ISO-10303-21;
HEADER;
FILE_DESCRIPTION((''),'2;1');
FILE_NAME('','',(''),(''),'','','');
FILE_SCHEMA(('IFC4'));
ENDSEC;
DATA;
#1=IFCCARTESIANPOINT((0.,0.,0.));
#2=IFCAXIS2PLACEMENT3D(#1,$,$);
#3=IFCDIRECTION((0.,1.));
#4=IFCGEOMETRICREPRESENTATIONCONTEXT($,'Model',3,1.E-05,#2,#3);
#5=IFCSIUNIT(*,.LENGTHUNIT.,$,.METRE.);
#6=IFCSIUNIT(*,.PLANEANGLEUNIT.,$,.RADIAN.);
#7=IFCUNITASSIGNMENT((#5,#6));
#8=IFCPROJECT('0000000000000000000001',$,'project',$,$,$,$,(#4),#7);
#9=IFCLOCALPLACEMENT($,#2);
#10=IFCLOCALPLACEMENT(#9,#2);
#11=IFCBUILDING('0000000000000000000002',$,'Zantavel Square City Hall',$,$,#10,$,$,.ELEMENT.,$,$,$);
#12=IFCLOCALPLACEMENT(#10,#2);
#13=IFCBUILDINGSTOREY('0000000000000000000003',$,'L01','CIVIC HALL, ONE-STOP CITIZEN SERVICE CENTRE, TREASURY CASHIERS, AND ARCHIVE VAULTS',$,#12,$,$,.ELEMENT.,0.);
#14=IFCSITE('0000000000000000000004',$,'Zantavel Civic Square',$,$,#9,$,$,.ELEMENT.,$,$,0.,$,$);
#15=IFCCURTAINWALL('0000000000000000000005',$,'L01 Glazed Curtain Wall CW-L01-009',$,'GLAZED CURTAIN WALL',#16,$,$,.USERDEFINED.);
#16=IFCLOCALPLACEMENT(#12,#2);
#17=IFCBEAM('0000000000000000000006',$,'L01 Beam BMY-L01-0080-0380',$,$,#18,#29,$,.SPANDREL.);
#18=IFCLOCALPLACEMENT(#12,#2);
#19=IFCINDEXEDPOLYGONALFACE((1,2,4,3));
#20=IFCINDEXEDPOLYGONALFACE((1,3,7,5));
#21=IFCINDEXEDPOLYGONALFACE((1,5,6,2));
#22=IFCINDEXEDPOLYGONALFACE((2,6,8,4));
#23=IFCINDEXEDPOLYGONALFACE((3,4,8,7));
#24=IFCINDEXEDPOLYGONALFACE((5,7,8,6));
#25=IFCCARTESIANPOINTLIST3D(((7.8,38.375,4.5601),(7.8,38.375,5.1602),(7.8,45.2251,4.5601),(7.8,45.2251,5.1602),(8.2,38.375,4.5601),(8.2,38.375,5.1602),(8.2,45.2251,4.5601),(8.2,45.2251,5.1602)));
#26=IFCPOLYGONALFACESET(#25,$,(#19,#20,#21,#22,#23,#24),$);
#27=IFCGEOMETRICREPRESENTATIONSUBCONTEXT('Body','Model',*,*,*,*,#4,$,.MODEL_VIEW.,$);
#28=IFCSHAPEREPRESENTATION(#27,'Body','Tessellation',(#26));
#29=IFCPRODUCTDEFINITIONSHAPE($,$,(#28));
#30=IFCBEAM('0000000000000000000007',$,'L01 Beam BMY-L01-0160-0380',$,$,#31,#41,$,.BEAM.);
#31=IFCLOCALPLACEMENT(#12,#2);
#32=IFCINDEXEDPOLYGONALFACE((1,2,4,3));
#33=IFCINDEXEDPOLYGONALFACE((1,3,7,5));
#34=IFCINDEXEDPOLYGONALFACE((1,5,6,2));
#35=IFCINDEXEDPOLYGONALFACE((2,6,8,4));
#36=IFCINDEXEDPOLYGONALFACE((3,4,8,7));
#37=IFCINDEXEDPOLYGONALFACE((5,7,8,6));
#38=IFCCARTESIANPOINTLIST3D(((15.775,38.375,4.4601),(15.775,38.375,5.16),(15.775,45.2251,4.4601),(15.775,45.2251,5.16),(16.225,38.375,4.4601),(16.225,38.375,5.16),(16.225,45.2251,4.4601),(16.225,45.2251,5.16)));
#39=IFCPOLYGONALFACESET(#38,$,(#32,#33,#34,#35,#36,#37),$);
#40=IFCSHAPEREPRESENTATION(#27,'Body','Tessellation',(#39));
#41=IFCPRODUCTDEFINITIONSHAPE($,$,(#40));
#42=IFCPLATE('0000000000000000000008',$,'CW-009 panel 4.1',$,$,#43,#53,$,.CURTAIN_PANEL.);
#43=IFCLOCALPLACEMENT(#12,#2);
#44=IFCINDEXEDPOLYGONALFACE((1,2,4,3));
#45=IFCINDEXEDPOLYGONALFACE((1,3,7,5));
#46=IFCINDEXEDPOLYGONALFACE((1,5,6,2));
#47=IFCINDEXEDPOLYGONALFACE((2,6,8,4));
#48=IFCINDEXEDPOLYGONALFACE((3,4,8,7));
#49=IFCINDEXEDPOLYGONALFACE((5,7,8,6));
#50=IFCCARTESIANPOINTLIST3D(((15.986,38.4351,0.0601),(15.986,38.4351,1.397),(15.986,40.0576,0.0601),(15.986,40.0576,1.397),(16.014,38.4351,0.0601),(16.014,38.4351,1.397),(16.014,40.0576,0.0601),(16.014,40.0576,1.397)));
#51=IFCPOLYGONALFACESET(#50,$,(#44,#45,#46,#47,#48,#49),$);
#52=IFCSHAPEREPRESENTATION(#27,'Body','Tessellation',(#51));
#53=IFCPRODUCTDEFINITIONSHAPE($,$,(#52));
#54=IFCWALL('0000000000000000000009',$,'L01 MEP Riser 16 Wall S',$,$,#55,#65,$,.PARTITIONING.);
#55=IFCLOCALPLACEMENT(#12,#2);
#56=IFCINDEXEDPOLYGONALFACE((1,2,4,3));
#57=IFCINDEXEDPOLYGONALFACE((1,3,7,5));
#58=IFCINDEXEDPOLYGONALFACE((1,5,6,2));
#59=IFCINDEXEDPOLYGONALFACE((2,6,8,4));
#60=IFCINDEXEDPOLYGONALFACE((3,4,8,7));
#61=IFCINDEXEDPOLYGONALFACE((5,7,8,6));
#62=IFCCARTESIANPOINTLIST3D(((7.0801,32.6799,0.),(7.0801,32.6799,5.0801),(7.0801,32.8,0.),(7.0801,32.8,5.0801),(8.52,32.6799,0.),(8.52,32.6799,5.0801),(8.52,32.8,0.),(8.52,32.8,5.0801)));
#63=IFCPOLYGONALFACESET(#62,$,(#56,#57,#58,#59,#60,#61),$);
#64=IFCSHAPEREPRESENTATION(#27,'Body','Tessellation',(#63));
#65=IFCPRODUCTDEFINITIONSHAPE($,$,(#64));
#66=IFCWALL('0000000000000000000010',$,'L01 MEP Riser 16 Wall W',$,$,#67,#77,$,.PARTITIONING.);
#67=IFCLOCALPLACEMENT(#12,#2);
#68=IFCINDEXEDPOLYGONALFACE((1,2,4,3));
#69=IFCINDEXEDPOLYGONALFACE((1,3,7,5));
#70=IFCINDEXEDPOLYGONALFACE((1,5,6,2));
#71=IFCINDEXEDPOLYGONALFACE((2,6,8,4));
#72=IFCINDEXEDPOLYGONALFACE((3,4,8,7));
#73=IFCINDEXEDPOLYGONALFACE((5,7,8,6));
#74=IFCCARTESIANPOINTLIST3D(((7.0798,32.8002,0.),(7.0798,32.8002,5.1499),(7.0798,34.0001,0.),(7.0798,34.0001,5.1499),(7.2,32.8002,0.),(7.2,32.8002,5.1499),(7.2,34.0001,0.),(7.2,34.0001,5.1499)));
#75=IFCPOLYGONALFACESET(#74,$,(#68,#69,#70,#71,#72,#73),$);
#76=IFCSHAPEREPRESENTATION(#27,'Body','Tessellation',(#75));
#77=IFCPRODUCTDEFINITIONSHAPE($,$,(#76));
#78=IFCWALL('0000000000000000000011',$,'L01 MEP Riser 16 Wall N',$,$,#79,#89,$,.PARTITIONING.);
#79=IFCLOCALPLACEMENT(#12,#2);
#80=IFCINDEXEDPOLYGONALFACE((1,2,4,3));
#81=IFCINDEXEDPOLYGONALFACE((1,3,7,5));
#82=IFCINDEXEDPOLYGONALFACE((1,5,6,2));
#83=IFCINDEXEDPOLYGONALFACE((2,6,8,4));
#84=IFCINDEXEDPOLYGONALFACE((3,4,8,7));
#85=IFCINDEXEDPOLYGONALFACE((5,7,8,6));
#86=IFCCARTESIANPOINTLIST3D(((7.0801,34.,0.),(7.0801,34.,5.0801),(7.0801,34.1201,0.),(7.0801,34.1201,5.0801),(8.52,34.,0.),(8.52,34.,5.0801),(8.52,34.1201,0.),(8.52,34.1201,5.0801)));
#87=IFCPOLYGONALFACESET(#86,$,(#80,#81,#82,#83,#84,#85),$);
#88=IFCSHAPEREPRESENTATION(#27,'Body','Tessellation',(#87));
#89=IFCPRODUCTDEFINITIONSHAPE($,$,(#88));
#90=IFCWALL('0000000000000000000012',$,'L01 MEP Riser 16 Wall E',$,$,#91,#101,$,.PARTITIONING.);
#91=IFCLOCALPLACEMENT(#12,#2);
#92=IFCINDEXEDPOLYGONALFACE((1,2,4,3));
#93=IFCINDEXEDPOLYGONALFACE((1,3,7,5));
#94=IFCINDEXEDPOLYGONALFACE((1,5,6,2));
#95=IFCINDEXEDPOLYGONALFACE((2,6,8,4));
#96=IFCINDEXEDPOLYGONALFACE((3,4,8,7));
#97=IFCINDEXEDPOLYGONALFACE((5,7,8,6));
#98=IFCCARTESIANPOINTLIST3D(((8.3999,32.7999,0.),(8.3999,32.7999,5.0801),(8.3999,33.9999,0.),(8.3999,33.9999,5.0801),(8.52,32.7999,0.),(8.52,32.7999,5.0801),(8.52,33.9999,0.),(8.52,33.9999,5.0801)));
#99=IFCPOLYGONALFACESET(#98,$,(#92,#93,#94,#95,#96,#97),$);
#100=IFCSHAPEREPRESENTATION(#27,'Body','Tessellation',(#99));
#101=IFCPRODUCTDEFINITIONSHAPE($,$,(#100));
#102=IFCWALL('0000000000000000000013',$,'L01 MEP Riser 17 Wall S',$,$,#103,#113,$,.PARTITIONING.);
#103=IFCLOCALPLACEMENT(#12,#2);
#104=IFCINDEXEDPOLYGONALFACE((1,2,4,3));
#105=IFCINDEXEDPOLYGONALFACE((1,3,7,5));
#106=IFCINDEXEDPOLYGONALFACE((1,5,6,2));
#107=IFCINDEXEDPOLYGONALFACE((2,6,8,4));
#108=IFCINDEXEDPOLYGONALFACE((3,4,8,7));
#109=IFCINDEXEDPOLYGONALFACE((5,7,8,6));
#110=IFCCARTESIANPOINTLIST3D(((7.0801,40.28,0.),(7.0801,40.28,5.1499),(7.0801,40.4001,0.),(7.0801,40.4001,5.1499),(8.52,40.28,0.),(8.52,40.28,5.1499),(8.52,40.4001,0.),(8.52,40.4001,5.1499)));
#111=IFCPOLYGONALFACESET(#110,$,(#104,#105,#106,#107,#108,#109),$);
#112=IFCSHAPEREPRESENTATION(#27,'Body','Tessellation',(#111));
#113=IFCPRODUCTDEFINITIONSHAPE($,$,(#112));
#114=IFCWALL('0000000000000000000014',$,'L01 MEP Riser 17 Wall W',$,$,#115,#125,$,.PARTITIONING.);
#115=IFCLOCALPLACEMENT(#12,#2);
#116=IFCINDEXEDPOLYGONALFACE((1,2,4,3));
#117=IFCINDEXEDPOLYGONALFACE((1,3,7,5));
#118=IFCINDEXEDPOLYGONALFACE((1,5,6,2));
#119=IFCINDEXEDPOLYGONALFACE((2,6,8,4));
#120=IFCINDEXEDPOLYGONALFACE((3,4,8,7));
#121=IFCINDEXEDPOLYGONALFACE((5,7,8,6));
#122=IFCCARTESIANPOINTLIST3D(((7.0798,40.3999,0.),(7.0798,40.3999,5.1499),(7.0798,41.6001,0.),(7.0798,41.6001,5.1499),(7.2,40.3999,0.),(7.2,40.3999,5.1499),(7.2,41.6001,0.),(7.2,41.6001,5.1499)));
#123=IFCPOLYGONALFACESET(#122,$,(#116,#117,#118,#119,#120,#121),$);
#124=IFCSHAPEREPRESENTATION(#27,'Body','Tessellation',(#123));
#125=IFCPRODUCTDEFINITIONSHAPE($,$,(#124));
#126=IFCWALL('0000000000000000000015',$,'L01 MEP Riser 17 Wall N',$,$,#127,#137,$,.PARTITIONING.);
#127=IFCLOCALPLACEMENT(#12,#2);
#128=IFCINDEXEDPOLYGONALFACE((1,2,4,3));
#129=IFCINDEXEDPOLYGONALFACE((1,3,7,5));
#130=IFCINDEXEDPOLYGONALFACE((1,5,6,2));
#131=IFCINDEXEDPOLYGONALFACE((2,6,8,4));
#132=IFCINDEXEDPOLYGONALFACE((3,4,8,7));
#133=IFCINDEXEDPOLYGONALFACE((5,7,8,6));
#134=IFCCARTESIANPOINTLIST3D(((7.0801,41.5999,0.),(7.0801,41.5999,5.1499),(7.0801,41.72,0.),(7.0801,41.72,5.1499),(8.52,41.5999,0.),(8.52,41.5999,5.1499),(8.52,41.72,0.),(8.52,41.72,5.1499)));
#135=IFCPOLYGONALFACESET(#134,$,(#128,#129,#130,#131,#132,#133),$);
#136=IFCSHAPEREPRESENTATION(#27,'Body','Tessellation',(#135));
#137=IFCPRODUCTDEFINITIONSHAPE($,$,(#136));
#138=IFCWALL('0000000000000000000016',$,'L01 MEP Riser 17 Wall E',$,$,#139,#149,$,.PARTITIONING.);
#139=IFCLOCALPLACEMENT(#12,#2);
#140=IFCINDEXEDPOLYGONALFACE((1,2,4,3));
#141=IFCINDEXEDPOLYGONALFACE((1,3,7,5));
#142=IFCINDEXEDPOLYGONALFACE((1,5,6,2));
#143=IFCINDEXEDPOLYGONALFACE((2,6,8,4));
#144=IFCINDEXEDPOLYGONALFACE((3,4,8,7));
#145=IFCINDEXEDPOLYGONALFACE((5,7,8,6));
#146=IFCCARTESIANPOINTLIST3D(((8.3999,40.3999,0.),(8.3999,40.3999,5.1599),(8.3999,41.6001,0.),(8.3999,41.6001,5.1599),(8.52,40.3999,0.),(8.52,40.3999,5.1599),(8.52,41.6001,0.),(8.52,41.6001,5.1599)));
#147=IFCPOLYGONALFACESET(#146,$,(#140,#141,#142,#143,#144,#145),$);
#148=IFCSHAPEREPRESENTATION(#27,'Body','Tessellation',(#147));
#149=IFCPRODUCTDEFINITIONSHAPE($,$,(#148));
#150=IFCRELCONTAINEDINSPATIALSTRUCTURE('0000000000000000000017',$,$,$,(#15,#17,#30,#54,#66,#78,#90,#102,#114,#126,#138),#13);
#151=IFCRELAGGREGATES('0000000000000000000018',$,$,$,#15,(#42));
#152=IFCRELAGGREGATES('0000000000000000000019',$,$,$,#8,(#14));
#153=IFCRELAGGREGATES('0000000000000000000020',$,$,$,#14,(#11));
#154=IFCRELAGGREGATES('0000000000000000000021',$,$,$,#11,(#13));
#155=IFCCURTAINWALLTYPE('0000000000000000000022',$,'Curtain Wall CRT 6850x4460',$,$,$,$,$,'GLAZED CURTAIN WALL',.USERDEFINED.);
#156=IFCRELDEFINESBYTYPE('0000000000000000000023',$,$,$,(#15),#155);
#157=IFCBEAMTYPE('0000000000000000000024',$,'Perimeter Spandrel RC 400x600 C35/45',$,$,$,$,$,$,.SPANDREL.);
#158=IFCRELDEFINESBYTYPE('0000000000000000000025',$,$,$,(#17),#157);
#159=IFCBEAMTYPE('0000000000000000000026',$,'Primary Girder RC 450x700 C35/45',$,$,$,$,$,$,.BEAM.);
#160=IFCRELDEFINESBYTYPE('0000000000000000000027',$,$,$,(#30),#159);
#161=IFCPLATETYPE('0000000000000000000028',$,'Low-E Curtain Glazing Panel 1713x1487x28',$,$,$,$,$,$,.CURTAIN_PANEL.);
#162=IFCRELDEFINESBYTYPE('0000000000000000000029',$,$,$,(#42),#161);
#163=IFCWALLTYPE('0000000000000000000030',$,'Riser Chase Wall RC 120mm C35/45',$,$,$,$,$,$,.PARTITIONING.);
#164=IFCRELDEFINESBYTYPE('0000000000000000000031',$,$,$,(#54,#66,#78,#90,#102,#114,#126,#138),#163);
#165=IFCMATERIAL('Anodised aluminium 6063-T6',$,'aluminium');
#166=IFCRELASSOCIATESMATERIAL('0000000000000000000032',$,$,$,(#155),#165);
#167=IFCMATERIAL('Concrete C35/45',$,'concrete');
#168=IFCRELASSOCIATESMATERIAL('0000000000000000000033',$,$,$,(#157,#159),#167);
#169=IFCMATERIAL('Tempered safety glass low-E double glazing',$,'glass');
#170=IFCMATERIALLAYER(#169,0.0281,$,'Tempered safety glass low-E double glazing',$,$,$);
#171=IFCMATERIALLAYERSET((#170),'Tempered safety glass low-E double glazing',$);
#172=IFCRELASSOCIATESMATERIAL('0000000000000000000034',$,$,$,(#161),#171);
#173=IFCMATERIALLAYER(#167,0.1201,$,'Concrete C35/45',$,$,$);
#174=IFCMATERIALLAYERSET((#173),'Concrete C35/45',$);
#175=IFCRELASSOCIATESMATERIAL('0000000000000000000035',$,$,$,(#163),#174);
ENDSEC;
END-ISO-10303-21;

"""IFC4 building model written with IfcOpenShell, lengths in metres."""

from ifc_helpers import new_model, si_unit, direction, frame, frame_2d, origin, origin_2d, place, context, subcontext, project, spatial, rectangle, extrude, material, layer, layer_set, material_profile, profile_set, type_object, element, aggregate, save


model = new_model("IFC4")

# Units and contexts
model_context = context("Model", 3, precision=1e-05, world=origin(), true_north=direction((0.0, 1.0)))
body_context = subcontext(model_context, "Body", "Model", "MODEL_VIEW")
ifc_project = project(units=[si_unit("LENGTHUNIT", "METRE"), si_unit("PLANEANGLEUNIT", "RADIAN")], contexts=[model_context])

# Site, building, storey
site_placement = place(None, origin())
site = spatial("IfcSite", under=ifc_project, at=site_placement, Name="Zantavel Civic Square", CompositionType="ELEMENT", RefElevation=0.0)
building_placement = place(site_placement, origin())
building = spatial("IfcBuilding", under=site, at=building_placement, Name="Zantavel Square City Hall", CompositionType="ELEMENT")
storey_placement = place(building_placement, origin())
storey = spatial("IfcBuildingStorey", under=building, at=storey_placement, Name="L01", Description="CIVIC HALL, ONE-STOP CITIZEN SERVICE CENTRE, TREASURY CASHIERS, AND ARCHIVE VAULTS", CompositionType="ELEMENT", Elevation=0.0)

# Curtain wall
ifc_material_1 = material(Name="Anodised aluminium 6063-T6", Category="aluminium")
curtain_wall_type = type_object("IfcCurtainWallType", Name="Curtain Wall CRT 6850x4460", ElementType="GLAZED CURTAIN WALL", PredefinedType="USERDEFINED", material=ifc_material_1)
curtain_wall_placement = place(storey_placement, origin())
curtain_wall = element("IfcCurtainWall", 1, at=curtain_wall_placement, inside=storey, type_object=curtain_wall_type, Name="L01 Glazed Curtain Wall CW-L01-009", ObjectType="GLAZED CURTAIN WALL", PredefinedType="USERDEFINED")

# Beams
ifc_material_2 = material(Name="Concrete C35/45", Category="concrete")
ifc_material_profile_1 = material_profile(ifc_material_2, rectangle(XDim=0.3999, YDim=0.6001, at=origin_2d()), Name="RC 400x600")
ifc_profile_set_1 = profile_set([ifc_material_profile_1], Name="Concrete C35/45")
beam_type_1 = type_object("IfcBeamType", Name="Perimeter Spandrel RC 400x600 C35/45", PredefinedType="SPANDREL", material=ifc_profile_set_1)
beam_1_placement = place(storey_placement, frame((8.0, 38.375, 4.8601), z_axis=(0.0, 1.0, 0.0), x_axis=(-1.0, 0.0, 0.0)))
element("IfcBeam", 2, at=beam_1_placement, inside=storey, type_object=beam_type_1, Name="L01 Beam BMY-L01-0080-0380", PredefinedType="SPANDREL", context=body_context, shape_type="SweptSolid", body=[
    extrude(rectangle(XDim=0.3999, YDim=0.6001, at=origin_2d()), origin(), (0.0, 0.0, 1.0), 6.8501),
])
ifc_material_profile_2 = material_profile(ifc_material_2, rectangle(XDim=0.45, YDim=0.7, at=origin_2d()), Name="RC 450x700")
ifc_profile_set_2 = profile_set([ifc_material_profile_2], Name="Concrete C35/45")
beam_type_2 = type_object("IfcBeamType", Name="Primary Girder RC 450x700 C35/45", PredefinedType="BEAM", material=ifc_profile_set_2)
beam_2_placement = place(storey_placement, frame((16.0, 38.375, 4.8101), z_axis=(0.0, 1.0, 0.0), x_axis=(-1.0, 0.0, 0.0)))
element("IfcBeam", 3, at=beam_2_placement, inside=storey, type_object=beam_type_2, Name="L01 Beam BMY-L01-0160-0380", PredefinedType="BEAM", context=body_context, shape_type="SweptSolid", body=[
    extrude(rectangle(XDim=0.45, YDim=0.7, at=origin_2d()), origin(), (0.0, 0.0, 1.0), 6.8501),
])

# Plate
ifc_material_3 = material(Name="Tempered safety glass low-E double glazing", Category="glass")
ifc_layer_1 = layer(ifc_material_3, 0.0281, Name="Tempered safety glass low-E double glazing")
ifc_layer_set_1 = layer_set([ifc_layer_1], Name="Tempered safety glass low-E double glazing")
plate_type = type_object("IfcPlateType", Name="Low-E Curtain Glazing Panel 1713x1487x28", PredefinedType="CURTAIN_PANEL", material=ifc_layer_set_1)
plate_placement = place(storey_placement, frame((16.0, 39.2463, 0.0601), z_axis=(0.0, 0.0, 1.0), x_axis=(0.0, -1.0, 0.0)))
plate = element("IfcPlate", 4, at=plate_placement, type_object=plate_type, Name="CW-009 panel 4.1", PredefinedType="CURTAIN_PANEL", context=body_context, shape_type="SweptSolid", body=[
    extrude(rectangle(XDim=1.6226, YDim=0.0281, at=origin_2d()), origin(), (0.0, 0.0, 1.0), 1.3369),
])
aggregate(curtain_wall, [plate])

# Walls
ifc_layer_2 = layer(ifc_material_2, 0.1201, Name="Concrete C35/45")
ifc_layer_set_2 = layer_set([ifc_layer_2], Name="Concrete C35/45")
wall_type_1 = type_object("IfcWallType", Name="Riser Chase Wall RC 120mm C35/45", PredefinedType="PARTITIONING", material=ifc_layer_set_2)
wall_1_placement = place(storey_placement, frame((8.52, 32.74, 0.0), z_axis=(0.0, 0.0, 1.0), x_axis=(-1.0, 0.0, 0.0)))
element("IfcWall", 5, at=wall_1_placement, inside=storey, type_object=wall_type_1, Name="L01 MEP Riser 16 Wall S", PredefinedType="PARTITIONING", context=body_context, shape_type="SweptSolid", body=[
    extrude(rectangle(XDim=1.4399, YDim=0.1201, at=frame_2d((0.72, 0.0))), origin(), (0.0, 0.0, 1.0), 5.0801),
])
wall_2_placement = place(storey_placement, frame((7.1399, 32.8, 0.0), z_axis=(0.0, 0.0, 1.0), x_axis=(0.0, 1.0, 0.0)))
element("IfcWall", 6, at=wall_2_placement, inside=storey, type_object=wall_type_1, Name="L01 MEP Riser 16 Wall W", PredefinedType="PARTITIONING", context=body_context, shape_type="SweptSolid", body=[
    extrude(rectangle(XDim=1.2, YDim=0.1201, at=frame_2d((0.6001, 0.0))), origin(), (0.0, 0.0, 1.0), 5.1499),
])
wall_3_placement = place(storey_placement, frame((7.0801, 34.0601, 0.0), z_axis=(0.0, 0.0, 1.0), x_axis=(1.0, 0.0, 0.0)))
element("IfcWall", 7, at=wall_3_placement, inside=storey, type_object=wall_type_1, Name="L01 MEP Riser 16 Wall N", PredefinedType="PARTITIONING", context=body_context, shape_type="SweptSolid", body=[
    extrude(rectangle(XDim=1.4399, YDim=0.1201, at=frame_2d((0.72, 0.0))), origin(), (0.0, 0.0, 1.0), 5.0801),
])
wall_4_placement = place(storey_placement, frame((8.46, 34.0, 0.0), z_axis=(0.0, 0.0, 1.0), x_axis=(0.0, -1.0, 0.0)))
element("IfcWall", 8, at=wall_4_placement, inside=storey, type_object=wall_type_1, Name="L01 MEP Riser 16 Wall E", PredefinedType="PARTITIONING", context=body_context, shape_type="SweptSolid", body=[
    extrude(rectangle(XDim=1.2, YDim=0.1201, at=frame_2d((0.6001, 0.0))), origin(), (0.0, 0.0, 1.0), 5.0801),
])
wall_5_placement = place(storey_placement, frame((8.52, 40.3401, 0.0), z_axis=(0.0, 0.0, 1.0), x_axis=(-1.0, 0.0, 0.0)))
element("IfcWall", 9, at=wall_5_placement, inside=storey, type_object=wall_type_1, Name="L01 MEP Riser 17 Wall S", PredefinedType="PARTITIONING", context=body_context, shape_type="SweptSolid", body=[
    extrude(rectangle(XDim=1.4399, YDim=0.1201, at=frame_2d((0.72, 0.0))), origin(), (0.0, 0.0, 1.0), 5.1499),
])
wall_6_placement = place(storey_placement, frame((7.1399, 40.3999, 0.0), z_axis=(0.0, 0.0, 1.0), x_axis=(0.0, 1.0, 0.0)))
element("IfcWall", 10, at=wall_6_placement, inside=storey, type_object=wall_type_1, Name="L01 MEP Riser 17 Wall W", PredefinedType="PARTITIONING", context=body_context, shape_type="SweptSolid", body=[
    extrude(rectangle(XDim=1.2002, YDim=0.1201, at=frame_2d((0.6001, 0.0))), origin(), (0.0, 0.0, 1.0), 5.1499),
])
wall_7_placement = place(storey_placement, frame((7.0801, 41.6599, 0.0), z_axis=(0.0, 0.0, 1.0), x_axis=(1.0, 0.0, 0.0)))
element("IfcWall", 11, at=wall_7_placement, inside=storey, type_object=wall_type_1, Name="L01 MEP Riser 17 Wall N", PredefinedType="PARTITIONING", context=body_context, shape_type="SweptSolid", body=[
    extrude(rectangle(XDim=1.4399, YDim=0.1201, at=frame_2d((0.72, 0.0))), origin(), (0.0, 0.0, 1.0), 5.1499),
])
wall_8_placement = place(storey_placement, frame((8.46, 41.6001, 0.0), z_axis=(0.0, 0.0, 1.0), x_axis=(0.0, -1.0, 0.0)))
element("IfcWall", 12, at=wall_8_placement, inside=storey, type_object=wall_type_1, Name="L01 MEP Riser 17 Wall E", PredefinedType="PARTITIONING", context=body_context, shape_type="SweptSolid", body=[
    extrude(rectangle(XDim=1.2002, YDim=0.1201, at=frame_2d((0.6001, 0.0))), origin(), (0.0, 0.0, 1.0), 5.1599),
])

save(model, "model.ifc")
